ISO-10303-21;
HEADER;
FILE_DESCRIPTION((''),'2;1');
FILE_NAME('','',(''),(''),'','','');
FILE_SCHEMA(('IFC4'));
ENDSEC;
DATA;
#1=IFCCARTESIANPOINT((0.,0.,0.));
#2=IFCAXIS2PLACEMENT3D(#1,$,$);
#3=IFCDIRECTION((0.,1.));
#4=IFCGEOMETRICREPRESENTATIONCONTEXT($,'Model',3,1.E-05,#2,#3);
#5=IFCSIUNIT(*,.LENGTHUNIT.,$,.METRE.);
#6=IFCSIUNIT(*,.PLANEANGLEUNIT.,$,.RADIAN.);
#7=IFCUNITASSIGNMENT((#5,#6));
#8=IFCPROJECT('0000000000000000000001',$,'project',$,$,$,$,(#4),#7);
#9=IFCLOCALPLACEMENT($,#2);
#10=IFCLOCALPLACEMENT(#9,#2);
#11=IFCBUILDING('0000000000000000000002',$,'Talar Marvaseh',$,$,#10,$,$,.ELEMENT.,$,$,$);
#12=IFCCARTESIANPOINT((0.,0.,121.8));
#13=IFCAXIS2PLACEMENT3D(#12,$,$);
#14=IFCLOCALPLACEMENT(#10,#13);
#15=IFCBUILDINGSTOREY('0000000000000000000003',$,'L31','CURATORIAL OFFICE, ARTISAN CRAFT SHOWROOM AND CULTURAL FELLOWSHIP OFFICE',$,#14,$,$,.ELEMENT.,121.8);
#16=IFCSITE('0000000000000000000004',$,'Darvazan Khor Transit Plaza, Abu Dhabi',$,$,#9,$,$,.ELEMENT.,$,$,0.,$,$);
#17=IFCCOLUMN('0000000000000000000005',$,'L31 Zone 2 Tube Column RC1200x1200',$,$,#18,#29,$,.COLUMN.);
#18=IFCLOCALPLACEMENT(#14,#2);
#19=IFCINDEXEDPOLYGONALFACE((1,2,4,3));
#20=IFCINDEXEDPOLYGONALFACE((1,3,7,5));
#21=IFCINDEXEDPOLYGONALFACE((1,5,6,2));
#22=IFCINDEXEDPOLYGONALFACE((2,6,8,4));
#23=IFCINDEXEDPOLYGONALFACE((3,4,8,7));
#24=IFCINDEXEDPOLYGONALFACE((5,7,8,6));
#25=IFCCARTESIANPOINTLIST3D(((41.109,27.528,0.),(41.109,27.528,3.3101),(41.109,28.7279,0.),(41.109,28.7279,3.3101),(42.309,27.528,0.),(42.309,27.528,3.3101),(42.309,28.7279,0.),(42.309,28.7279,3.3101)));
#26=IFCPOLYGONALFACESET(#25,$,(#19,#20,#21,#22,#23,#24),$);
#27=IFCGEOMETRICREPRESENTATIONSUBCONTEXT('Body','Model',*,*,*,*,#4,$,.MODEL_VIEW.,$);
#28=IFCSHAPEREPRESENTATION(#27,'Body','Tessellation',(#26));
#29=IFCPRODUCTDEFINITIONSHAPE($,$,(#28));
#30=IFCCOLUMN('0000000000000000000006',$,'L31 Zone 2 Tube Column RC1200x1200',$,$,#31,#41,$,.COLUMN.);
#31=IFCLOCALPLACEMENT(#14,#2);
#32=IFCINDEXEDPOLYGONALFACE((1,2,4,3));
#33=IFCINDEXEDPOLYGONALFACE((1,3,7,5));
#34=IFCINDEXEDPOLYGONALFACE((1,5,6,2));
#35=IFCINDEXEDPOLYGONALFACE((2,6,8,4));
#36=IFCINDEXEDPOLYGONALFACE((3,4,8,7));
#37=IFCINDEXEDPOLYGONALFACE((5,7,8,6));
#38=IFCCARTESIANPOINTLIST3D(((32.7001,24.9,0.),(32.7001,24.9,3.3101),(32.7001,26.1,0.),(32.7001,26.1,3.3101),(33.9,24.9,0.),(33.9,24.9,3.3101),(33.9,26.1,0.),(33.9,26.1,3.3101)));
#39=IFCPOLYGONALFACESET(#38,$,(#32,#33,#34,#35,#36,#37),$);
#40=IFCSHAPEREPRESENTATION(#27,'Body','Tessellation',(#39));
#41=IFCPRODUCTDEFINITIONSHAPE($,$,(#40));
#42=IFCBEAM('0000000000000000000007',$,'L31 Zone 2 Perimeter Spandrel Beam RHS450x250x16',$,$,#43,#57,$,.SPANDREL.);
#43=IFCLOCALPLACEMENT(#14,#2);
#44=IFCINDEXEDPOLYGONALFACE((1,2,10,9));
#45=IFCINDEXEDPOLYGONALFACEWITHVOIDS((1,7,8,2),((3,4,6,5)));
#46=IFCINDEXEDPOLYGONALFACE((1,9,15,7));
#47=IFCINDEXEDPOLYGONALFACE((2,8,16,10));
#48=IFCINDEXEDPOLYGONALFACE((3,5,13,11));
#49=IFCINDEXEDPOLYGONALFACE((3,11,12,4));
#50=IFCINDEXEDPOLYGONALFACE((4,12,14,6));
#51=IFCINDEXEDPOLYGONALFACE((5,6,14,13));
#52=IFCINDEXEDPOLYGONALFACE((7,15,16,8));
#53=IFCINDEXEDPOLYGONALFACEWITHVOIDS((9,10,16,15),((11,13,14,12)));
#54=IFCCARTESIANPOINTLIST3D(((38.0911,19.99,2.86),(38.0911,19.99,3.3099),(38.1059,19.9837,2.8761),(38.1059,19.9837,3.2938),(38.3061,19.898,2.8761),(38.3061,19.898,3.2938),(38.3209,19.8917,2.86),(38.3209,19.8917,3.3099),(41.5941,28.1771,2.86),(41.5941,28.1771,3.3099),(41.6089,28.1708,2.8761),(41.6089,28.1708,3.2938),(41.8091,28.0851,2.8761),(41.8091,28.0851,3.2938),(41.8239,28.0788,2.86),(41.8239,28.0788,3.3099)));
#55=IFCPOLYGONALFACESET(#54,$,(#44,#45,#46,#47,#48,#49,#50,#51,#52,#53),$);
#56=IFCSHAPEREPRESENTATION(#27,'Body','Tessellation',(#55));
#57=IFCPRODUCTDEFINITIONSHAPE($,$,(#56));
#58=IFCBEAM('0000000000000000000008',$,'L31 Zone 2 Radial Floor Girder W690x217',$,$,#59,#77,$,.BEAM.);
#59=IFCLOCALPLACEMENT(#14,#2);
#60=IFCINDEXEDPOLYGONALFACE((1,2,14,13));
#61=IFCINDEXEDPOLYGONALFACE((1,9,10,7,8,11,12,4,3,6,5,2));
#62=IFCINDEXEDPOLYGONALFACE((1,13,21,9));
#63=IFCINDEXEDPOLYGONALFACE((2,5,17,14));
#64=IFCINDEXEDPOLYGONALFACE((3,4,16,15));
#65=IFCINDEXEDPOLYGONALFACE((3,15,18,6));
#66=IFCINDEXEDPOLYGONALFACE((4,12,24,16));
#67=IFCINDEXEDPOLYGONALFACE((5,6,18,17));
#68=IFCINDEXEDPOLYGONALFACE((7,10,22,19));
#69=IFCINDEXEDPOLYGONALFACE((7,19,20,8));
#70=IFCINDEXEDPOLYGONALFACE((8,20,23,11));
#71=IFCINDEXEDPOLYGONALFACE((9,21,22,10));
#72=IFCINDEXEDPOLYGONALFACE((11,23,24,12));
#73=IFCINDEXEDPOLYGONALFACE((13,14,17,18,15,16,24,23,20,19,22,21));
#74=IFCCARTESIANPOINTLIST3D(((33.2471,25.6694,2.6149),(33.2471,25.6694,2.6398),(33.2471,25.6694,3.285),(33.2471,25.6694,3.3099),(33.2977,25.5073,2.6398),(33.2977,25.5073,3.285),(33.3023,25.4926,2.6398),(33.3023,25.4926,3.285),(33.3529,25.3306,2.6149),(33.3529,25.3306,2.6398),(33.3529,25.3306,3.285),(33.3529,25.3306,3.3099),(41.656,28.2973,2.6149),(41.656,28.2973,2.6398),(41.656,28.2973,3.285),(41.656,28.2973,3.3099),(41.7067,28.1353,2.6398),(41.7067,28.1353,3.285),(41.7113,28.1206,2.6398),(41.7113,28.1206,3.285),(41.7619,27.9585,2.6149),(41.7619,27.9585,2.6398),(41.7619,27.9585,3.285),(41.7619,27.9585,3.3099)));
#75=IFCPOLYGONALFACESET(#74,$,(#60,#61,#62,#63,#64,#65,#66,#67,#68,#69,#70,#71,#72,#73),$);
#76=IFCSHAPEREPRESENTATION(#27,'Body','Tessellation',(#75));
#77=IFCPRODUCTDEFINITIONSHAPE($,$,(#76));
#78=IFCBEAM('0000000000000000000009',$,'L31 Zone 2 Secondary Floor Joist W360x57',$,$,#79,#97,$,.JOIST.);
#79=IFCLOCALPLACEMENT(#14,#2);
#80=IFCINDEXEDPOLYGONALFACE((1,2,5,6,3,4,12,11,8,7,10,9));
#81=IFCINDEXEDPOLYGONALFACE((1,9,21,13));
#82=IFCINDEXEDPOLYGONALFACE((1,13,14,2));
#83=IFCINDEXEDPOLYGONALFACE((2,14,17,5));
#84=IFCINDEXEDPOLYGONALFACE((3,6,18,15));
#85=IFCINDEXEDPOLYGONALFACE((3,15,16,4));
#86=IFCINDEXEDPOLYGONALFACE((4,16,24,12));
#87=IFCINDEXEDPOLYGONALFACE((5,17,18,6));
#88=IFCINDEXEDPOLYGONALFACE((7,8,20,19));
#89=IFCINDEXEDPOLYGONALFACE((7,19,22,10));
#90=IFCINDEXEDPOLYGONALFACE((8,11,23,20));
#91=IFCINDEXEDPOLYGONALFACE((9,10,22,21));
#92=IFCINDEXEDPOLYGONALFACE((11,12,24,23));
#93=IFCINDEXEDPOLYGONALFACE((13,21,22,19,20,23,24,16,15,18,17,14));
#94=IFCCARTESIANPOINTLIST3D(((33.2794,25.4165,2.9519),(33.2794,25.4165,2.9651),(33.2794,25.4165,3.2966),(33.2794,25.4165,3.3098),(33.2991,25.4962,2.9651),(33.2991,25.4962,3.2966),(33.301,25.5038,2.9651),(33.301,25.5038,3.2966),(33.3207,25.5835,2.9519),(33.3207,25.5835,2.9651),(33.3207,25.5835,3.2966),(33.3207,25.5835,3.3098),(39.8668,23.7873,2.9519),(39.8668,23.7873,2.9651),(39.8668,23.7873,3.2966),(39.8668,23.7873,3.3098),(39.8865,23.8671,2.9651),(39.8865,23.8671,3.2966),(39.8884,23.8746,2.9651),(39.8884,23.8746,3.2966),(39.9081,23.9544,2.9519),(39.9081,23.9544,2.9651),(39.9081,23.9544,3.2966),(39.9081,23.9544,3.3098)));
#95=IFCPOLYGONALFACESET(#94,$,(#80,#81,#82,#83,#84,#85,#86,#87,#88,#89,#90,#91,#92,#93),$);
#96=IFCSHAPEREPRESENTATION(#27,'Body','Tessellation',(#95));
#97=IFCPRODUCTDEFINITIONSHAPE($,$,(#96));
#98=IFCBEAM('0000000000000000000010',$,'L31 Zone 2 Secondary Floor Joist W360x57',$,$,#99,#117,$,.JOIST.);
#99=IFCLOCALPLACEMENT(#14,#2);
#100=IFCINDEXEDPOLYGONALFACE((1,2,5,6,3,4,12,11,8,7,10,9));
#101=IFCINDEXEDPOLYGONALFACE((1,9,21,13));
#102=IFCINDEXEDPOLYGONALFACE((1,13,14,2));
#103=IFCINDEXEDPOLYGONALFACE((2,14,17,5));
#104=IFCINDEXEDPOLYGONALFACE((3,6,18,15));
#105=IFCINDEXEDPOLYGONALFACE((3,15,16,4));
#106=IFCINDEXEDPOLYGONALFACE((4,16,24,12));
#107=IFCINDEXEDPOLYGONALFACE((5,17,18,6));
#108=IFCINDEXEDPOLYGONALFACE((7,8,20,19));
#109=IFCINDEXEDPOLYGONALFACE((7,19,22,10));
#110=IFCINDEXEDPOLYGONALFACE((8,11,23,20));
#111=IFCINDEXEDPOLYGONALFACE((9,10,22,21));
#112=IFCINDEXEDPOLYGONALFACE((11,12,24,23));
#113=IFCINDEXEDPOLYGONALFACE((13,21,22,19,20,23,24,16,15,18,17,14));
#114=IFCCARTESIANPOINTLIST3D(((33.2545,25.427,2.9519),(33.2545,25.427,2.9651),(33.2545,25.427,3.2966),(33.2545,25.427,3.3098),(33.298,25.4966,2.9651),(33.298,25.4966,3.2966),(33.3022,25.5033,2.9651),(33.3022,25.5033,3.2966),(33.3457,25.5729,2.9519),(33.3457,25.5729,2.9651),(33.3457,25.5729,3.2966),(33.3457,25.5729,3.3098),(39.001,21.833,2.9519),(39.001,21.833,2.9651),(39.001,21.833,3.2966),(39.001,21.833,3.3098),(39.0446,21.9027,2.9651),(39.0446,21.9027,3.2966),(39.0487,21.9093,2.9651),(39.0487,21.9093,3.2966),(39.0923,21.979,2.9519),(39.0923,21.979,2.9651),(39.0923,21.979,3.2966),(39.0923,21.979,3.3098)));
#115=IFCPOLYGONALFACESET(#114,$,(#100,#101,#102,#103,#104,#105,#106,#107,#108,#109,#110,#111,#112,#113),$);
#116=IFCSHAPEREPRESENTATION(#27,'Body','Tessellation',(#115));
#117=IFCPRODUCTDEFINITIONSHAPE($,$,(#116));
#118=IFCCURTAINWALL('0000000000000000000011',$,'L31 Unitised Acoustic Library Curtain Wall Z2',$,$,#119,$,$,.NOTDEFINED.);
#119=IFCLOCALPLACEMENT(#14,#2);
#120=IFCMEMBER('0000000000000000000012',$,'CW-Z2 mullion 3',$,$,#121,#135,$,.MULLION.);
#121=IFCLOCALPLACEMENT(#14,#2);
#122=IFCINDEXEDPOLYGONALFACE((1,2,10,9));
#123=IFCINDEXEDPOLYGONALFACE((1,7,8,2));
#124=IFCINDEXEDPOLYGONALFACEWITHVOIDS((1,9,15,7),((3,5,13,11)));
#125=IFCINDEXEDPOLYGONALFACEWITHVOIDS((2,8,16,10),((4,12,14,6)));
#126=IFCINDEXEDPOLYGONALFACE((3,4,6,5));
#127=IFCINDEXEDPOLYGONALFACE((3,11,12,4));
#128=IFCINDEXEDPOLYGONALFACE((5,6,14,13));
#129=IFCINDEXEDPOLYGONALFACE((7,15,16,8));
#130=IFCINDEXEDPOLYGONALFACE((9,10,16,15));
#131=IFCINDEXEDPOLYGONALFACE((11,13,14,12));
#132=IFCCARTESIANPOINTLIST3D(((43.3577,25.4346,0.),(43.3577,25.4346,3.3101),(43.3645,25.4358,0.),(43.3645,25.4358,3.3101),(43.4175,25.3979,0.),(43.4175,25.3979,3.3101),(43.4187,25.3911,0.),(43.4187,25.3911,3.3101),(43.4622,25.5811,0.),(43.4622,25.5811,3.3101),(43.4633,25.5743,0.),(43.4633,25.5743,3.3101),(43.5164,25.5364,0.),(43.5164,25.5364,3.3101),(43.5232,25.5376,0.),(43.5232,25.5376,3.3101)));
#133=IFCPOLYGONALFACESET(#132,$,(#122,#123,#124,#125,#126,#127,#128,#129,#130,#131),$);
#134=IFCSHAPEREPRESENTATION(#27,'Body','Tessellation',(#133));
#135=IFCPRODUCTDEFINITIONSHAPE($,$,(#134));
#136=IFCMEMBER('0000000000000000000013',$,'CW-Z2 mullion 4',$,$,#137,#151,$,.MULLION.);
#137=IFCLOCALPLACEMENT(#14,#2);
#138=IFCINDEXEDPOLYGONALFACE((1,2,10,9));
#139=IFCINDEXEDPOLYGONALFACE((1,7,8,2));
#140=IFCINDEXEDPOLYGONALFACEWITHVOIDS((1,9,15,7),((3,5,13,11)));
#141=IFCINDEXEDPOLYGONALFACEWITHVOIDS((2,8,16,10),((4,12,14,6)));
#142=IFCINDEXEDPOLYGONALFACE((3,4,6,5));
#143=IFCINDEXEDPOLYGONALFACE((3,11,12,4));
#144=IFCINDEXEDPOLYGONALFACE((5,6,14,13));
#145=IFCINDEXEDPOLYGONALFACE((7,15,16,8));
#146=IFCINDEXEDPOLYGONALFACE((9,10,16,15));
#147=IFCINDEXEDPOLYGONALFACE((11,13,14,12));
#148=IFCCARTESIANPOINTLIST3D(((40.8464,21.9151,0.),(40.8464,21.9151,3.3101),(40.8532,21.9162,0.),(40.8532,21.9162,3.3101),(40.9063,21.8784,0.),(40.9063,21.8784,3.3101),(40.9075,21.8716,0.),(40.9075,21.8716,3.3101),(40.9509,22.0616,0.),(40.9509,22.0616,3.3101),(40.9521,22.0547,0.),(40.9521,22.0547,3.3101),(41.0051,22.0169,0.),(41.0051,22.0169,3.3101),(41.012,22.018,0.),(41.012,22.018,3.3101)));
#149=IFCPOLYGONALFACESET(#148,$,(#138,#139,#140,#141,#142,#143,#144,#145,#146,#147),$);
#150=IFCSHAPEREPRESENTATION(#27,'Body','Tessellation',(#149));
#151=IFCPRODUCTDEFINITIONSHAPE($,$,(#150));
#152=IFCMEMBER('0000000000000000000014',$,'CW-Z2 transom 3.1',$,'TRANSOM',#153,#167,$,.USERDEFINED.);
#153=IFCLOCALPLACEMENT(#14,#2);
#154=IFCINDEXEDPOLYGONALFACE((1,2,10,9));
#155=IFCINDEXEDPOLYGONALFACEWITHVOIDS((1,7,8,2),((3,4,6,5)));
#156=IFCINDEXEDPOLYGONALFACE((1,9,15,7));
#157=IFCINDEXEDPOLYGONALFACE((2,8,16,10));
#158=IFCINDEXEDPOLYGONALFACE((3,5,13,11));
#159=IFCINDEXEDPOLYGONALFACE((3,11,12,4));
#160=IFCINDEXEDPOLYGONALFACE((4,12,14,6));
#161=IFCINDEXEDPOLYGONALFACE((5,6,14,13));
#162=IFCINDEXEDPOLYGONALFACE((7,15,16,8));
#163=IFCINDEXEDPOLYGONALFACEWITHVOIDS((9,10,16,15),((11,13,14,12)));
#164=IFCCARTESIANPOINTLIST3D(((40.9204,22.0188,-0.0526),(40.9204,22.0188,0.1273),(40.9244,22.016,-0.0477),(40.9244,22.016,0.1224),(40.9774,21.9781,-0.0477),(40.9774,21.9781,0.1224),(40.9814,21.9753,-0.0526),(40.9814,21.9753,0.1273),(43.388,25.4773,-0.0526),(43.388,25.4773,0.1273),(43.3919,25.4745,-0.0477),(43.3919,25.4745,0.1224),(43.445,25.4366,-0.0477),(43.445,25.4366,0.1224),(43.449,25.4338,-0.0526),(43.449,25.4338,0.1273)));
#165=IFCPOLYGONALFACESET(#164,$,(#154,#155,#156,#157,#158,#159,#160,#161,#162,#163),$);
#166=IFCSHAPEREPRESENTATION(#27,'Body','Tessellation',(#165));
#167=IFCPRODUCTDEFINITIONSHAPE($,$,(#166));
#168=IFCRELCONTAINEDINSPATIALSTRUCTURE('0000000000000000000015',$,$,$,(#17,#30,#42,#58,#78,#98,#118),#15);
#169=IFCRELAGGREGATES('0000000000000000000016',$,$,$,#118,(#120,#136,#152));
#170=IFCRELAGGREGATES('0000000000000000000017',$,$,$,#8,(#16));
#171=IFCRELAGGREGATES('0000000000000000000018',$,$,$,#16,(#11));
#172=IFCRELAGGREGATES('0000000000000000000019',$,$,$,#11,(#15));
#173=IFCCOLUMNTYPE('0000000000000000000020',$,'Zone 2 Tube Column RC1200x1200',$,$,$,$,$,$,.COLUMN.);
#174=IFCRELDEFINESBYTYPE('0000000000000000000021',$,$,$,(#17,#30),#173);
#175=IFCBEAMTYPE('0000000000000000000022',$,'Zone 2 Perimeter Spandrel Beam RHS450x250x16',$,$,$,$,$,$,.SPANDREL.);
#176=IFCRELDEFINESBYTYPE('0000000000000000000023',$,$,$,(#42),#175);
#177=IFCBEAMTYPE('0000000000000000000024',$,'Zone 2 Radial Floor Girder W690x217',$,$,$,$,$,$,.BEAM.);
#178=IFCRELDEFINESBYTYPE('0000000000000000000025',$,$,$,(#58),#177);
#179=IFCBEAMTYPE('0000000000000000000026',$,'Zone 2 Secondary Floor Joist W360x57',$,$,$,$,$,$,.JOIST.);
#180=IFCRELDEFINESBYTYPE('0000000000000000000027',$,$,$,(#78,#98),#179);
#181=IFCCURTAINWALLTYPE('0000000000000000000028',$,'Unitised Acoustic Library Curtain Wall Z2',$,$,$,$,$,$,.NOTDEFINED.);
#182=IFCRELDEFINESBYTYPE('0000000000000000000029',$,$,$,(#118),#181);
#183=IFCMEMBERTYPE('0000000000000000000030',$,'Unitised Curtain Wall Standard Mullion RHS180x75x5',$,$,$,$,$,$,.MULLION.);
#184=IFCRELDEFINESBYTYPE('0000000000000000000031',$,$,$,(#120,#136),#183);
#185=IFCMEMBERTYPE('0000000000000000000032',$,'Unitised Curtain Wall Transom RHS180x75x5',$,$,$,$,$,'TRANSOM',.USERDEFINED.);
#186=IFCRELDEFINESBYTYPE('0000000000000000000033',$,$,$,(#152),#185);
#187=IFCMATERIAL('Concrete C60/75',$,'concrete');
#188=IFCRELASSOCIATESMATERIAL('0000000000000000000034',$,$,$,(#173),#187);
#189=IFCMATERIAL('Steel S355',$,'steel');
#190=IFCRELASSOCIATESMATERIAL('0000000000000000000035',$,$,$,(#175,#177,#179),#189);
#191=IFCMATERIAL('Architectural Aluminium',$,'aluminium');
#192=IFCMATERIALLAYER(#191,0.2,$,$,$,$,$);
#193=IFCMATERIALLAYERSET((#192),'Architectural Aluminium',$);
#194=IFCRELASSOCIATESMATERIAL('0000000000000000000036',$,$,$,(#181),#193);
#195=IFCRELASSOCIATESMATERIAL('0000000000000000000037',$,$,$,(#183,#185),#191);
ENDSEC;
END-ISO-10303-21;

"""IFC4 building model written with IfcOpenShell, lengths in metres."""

from ifc_helpers import new_model, si_unit, direction, frame, origin, origin_2d, place, context, subcontext, project, spatial, rectangle, hollow_rectangle, i_section, extrude, source, transform, mapped, material, layer, layer_set, material_profile, profile_set, type_object, type_shapes, element, aggregate, save


model = new_model("IFC4")

# Units and contexts
model_context = context("Model", 3, precision=1e-05, world=origin(), true_north=direction((0.0, 1.0)))
body_context = subcontext(model_context, "Body", "Model", "MODEL_VIEW")
ifc_project = project(units=[si_unit("LENGTHUNIT", "METRE"), si_unit("PLANEANGLEUNIT", "RADIAN")], contexts=[model_context])

# Site, building, storey
site_placement = place(None, origin())
site = spatial("IfcSite", under=ifc_project, at=site_placement, Name="Darvazan Khor Transit Plaza, Abu Dhabi", CompositionType="ELEMENT", RefElevation=0.0)
building_placement = place(site_placement, origin())
building = spatial("IfcBuilding", under=site, at=building_placement, Name="Talar Marvaseh", CompositionType="ELEMENT")
storey_placement = place(building_placement, frame((0.0, 0.0, 121.8)))
storey = spatial("IfcBuildingStorey", under=building, at=storey_placement, Name="L31", Description="CURATORIAL OFFICE, ARTISAN CRAFT SHOWROOM AND CULTURAL FELLOWSHIP OFFICE", CompositionType="ELEMENT", Elevation=121.8)

# Columns
ifc_material_1 = material(Name="Concrete C60/75", Category="concrete")
ifc_material_profile_1 = material_profile(ifc_material_1, rectangle(XDim=1.2, YDim=1.2, at=origin_2d()), Name="RC1200x1200")
ifc_profile_set_1 = profile_set([ifc_material_profile_1], Name="Concrete C60/75")
column_type = type_object("IfcColumnType", Name="Zone 2 Tube Column RC1200x1200", PredefinedType="COLUMN", material=ifc_profile_set_1)
for number, where, z_axis, x_axis, name in (
    (1, (41.709, 28.1279, 0.0), (0.0, 0.0, 1.0), (1.0, 0.0, 0.0), "L31 Zone 2 Tube Column RC1200x1200"),
    (2, (33.3, 25.5, 0.0), (0.0, 0.0, 1.0), (1.0, 0.0, 0.0), "L31 Zone 2 Tube Column RC1200x1200"),
):
    element("IfcColumn", number, at=place(storey_placement, frame(where, z_axis=z_axis, x_axis=x_axis)), inside=storey, type_object=column_type, Name=name, PredefinedType="COLUMN", context=body_context, shape_type="SweptSolid", body=[
        extrude(rectangle(XDim=1.2, YDim=1.2, at=origin_2d()), origin(), (0.0, 0.0, 1.0), 3.3101),
    ])

# Beams
ifc_material_2 = material(Name="Steel S355", Category="steel")
ifc_material_profile_2 = material_profile(ifc_material_2, hollow_rectangle(XDim=0.25, YDim=0.45, WallThickness=0.0161, at=origin_2d()), Name="RHS450x250x16")
ifc_profile_set_2 = profile_set([ifc_material_profile_2], Name="Steel S355")
beam_type_1 = type_object("IfcBeamType", Name="Zone 2 Perimeter Spandrel Beam RHS450x250x16", PredefinedType="SPANDREL", material=ifc_profile_set_2)
beam_1_placement = place(storey_placement, frame((41.709, 28.1279, 3.085), z_axis=(-0.39337, -0.91938, 0.0), x_axis=(0.91938, -0.39337, 0.0)))
element("IfcBeam", 3, at=beam_1_placement, inside=storey, type_object=beam_type_1, Name="L31 Zone 2 Perimeter Spandrel Beam RHS450x250x16", PredefinedType="SPANDREL", context=body_context, shape_type="SweptSolid", body=[
    extrude(hollow_rectangle(XDim=0.25, YDim=0.45, WallThickness=0.0161, at=origin_2d()), origin(), (0.0, 0.0, 1.0), 8.905),
])
ifc_material_profile_3 = material_profile(ifc_material_2, i_section(OverallWidth=0.355, OverallDepth=0.6951, WebThickness=0.0154, FlangeThickness=0.0249, at=origin_2d()), Name="W690x217")
ifc_profile_set_3 = profile_set([ifc_material_profile_3], Name="Steel S355")
beam_type_2 = type_object("IfcBeamType", Name="Zone 2 Radial Floor Girder W690x217", PredefinedType="BEAM", material=ifc_profile_set_3)
beam_2_placement = place(storey_placement, frame((41.709, 28.1279, 2.9624), z_axis=(-0.954476, -0.298289, 0.0), x_axis=(0.298289, -0.954476, 0.0)))
element("IfcBeam", 4, at=beam_2_placement, inside=storey, type_object=beam_type_2, Name="L31 Zone 2 Radial Floor Girder W690x217", PredefinedType="BEAM", context=body_context, shape_type="SweptSolid", body=[
    extrude(i_section(OverallWidth=0.355, OverallDepth=0.6951, WebThickness=0.0154, FlangeThickness=0.0249, at=origin_2d()), origin(), (0.0, 0.0, 1.0), 8.8101),
])
ifc_material_profile_4 = material_profile(ifc_material_2, i_section(OverallWidth=0.1721, OverallDepth=0.3579, WebThickness=0.0078, FlangeThickness=0.0132, at=origin_2d()), Name="W360x57")
ifc_profile_set_4 = profile_set([ifc_material_profile_4], Name="Steel S355")
beam_type_3 = type_object("IfcBeamType", Name="Zone 2 Secondary Floor Joist W360x57", PredefinedType="JOIST", material=ifc_profile_set_4)
beam_3_placement = place(storey_placement, frame((39.8875, 23.8708, 3.1309), z_axis=(-0.970753, 0.24008, 0.0), x_axis=(-0.24008, -0.970753, 0.0)))
element("IfcBeam", 5, at=beam_3_placement, inside=storey, type_object=beam_type_3, Name="L31 Zone 2 Secondary Floor Joist W360x57", PredefinedType="JOIST", context=body_context, shape_type="SweptSolid", body=[
    extrude(i_section(OverallWidth=0.1721, OverallDepth=0.3579, WebThickness=0.0078, FlangeThickness=0.0132, at=origin_2d()), origin(), (0.0, 0.0, 1.0), 6.7859),
])
beam_4_placement = place(storey_placement, frame((39.0466, 21.906, 3.1309), z_axis=(-0.84784, 0.530251, 0.0), x_axis=(-0.530251, -0.84784, 0.0)))
element("IfcBeam", 6, at=beam_4_placement, inside=storey, type_object=beam_type_3, Name="L31 Zone 2 Secondary Floor Joist W360x57", PredefinedType="JOIST", context=body_context, shape_type="SweptSolid", body=[
    extrude(i_section(OverallWidth=0.1721, OverallDepth=0.3579, WebThickness=0.0078, FlangeThickness=0.0132, at=origin_2d()), origin(), (0.0, 0.0, 1.0), 6.7778),
])

# Curtain wall, members
ifc_material_3 = material(Name="Architectural Aluminium", Category="aluminium")
ifc_layer_1 = layer(ifc_material_3, 0.2)
ifc_layer_set_1 = layer_set([ifc_layer_1], Name="Architectural Aluminium")
curtain_wall_type = type_object("IfcCurtainWallType", Name="Unitised Acoustic Library Curtain Wall Z2", PredefinedType="NOTDEFINED", material=ifc_layer_set_1)
curtain_wall_placement = place(storey_placement, origin())
curtain_wall = element("IfcCurtainWall", 7, at=curtain_wall_placement, inside=storey, type_object=curtain_wall_type, Name="L31 Unitised Acoustic Library Curtain Wall Z2", PredefinedType="NOTDEFINED")
ifc_material_profile_5 = material_profile(ifc_material_3, hollow_rectangle(XDim=0.075, YDim=0.1799, WallThickness=0.0049, at=origin_2d()), Name="RHS180x75x5")
ifc_profile_set_5 = profile_set([ifc_material_profile_5], Name="Architectural Aluminium")
member_type_1 = type_object("IfcMemberType", Name="Unitised Curtain Wall Standard Mullion RHS180x75x5", PredefinedType="MULLION", material=ifc_profile_set_5)
shared_shape_1 = source(origin(), body_context, "Body", "SweptSolid", [
    extrude(hollow_rectangle(XDim=0.075, YDim=0.1799, WallThickness=0.0049, at=origin_2d()), origin(), (0.0, 0.0, 1.0), 3.3101),
])
type_shapes(member_type_1, [shared_shape_1])
member_1_placement = place(storey_placement, frame((43.4404, 25.4861, 0.0), z_axis=(0.0, 0.0, 1.0), x_axis=(0.814026, -0.580829, 0.0)))
member_1 = element("IfcMember", 8, at=member_1_placement, type_object=member_type_1, Name="CW-Z2 mullion 3", PredefinedType="MULLION", context=body_context, shape_type="MappedRepresentation", body=[
    mapped(shared_shape_1, transform((0.0, 0.0, 0.0), x_axis=(1.0, 0.0, 0.0), y_axis=(0.0, 1.0, 0.0), z_axis=(0.0, 0.0, 1.0), scale=1.0)),
])
member_2_placement = place(storey_placement, frame((40.9292, 21.9666, 0.0), z_axis=(0.0, 0.0, 1.0), x_axis=(0.814026, -0.580829, 0.0)))
member_2 = element("IfcMember", 9, at=member_2_placement, type_object=member_type_1, Name="CW-Z2 mullion 4", PredefinedType="MULLION", context=body_context, shape_type="MappedRepresentation", body=[
    mapped(shared_shape_1, transform((0.0, 0.0, 0.0), x_axis=(1.0, 0.0, 0.0), y_axis=(0.0, 1.0, 0.0), z_axis=(0.0, 0.0, 1.0), scale=1.0)),
])
ifc_material_profile_6 = material_profile(ifc_material_3, hollow_rectangle(XDim=0.075, YDim=0.1799, WallThickness=0.0049, at=origin_2d()), Name="RHS180x75x5")
ifc_profile_set_6 = profile_set([ifc_material_profile_6], Name="Architectural Aluminium")
member_type_2 = type_object("IfcMemberType", Name="Unitised Curtain Wall Transom RHS180x75x5", ElementType="TRANSOM", PredefinedType="USERDEFINED", material=ifc_profile_set_6)
shared_shape_2 = source(origin(), body_context, "Body", "SweptSolid", [
    extrude(hollow_rectangle(XDim=0.075, YDim=0.1799, WallThickness=0.0049, at=origin_2d()), origin(), (0.0, 0.0, 1.0), 4.2485),
])
member_3_placement = place(storey_placement, frame((43.4185, 25.4556, 0.0374), z_axis=(-0.580798, -0.814048, 0.0), x_axis=(0.814048, -0.580798, 0.0)))
member_3 = element("IfcMember", 10, at=member_3_placement, type_object=member_type_2, Name="CW-Z2 transom 3.1", ObjectType="TRANSOM", PredefinedType="USERDEFINED", context=body_context, shape_type="MappedRepresentation", body=[
    mapped(shared_shape_2, transform((0.0, 0.0, 0.0), x_axis=(1.0, 0.0, 0.0), y_axis=(0.0, 1.0, 0.0), z_axis=(0.0, 0.0, 1.0), scale=1.0)),
])
aggregate(curtain_wall, [member_1, member_2, member_3])

save(model, "model.ifc")
